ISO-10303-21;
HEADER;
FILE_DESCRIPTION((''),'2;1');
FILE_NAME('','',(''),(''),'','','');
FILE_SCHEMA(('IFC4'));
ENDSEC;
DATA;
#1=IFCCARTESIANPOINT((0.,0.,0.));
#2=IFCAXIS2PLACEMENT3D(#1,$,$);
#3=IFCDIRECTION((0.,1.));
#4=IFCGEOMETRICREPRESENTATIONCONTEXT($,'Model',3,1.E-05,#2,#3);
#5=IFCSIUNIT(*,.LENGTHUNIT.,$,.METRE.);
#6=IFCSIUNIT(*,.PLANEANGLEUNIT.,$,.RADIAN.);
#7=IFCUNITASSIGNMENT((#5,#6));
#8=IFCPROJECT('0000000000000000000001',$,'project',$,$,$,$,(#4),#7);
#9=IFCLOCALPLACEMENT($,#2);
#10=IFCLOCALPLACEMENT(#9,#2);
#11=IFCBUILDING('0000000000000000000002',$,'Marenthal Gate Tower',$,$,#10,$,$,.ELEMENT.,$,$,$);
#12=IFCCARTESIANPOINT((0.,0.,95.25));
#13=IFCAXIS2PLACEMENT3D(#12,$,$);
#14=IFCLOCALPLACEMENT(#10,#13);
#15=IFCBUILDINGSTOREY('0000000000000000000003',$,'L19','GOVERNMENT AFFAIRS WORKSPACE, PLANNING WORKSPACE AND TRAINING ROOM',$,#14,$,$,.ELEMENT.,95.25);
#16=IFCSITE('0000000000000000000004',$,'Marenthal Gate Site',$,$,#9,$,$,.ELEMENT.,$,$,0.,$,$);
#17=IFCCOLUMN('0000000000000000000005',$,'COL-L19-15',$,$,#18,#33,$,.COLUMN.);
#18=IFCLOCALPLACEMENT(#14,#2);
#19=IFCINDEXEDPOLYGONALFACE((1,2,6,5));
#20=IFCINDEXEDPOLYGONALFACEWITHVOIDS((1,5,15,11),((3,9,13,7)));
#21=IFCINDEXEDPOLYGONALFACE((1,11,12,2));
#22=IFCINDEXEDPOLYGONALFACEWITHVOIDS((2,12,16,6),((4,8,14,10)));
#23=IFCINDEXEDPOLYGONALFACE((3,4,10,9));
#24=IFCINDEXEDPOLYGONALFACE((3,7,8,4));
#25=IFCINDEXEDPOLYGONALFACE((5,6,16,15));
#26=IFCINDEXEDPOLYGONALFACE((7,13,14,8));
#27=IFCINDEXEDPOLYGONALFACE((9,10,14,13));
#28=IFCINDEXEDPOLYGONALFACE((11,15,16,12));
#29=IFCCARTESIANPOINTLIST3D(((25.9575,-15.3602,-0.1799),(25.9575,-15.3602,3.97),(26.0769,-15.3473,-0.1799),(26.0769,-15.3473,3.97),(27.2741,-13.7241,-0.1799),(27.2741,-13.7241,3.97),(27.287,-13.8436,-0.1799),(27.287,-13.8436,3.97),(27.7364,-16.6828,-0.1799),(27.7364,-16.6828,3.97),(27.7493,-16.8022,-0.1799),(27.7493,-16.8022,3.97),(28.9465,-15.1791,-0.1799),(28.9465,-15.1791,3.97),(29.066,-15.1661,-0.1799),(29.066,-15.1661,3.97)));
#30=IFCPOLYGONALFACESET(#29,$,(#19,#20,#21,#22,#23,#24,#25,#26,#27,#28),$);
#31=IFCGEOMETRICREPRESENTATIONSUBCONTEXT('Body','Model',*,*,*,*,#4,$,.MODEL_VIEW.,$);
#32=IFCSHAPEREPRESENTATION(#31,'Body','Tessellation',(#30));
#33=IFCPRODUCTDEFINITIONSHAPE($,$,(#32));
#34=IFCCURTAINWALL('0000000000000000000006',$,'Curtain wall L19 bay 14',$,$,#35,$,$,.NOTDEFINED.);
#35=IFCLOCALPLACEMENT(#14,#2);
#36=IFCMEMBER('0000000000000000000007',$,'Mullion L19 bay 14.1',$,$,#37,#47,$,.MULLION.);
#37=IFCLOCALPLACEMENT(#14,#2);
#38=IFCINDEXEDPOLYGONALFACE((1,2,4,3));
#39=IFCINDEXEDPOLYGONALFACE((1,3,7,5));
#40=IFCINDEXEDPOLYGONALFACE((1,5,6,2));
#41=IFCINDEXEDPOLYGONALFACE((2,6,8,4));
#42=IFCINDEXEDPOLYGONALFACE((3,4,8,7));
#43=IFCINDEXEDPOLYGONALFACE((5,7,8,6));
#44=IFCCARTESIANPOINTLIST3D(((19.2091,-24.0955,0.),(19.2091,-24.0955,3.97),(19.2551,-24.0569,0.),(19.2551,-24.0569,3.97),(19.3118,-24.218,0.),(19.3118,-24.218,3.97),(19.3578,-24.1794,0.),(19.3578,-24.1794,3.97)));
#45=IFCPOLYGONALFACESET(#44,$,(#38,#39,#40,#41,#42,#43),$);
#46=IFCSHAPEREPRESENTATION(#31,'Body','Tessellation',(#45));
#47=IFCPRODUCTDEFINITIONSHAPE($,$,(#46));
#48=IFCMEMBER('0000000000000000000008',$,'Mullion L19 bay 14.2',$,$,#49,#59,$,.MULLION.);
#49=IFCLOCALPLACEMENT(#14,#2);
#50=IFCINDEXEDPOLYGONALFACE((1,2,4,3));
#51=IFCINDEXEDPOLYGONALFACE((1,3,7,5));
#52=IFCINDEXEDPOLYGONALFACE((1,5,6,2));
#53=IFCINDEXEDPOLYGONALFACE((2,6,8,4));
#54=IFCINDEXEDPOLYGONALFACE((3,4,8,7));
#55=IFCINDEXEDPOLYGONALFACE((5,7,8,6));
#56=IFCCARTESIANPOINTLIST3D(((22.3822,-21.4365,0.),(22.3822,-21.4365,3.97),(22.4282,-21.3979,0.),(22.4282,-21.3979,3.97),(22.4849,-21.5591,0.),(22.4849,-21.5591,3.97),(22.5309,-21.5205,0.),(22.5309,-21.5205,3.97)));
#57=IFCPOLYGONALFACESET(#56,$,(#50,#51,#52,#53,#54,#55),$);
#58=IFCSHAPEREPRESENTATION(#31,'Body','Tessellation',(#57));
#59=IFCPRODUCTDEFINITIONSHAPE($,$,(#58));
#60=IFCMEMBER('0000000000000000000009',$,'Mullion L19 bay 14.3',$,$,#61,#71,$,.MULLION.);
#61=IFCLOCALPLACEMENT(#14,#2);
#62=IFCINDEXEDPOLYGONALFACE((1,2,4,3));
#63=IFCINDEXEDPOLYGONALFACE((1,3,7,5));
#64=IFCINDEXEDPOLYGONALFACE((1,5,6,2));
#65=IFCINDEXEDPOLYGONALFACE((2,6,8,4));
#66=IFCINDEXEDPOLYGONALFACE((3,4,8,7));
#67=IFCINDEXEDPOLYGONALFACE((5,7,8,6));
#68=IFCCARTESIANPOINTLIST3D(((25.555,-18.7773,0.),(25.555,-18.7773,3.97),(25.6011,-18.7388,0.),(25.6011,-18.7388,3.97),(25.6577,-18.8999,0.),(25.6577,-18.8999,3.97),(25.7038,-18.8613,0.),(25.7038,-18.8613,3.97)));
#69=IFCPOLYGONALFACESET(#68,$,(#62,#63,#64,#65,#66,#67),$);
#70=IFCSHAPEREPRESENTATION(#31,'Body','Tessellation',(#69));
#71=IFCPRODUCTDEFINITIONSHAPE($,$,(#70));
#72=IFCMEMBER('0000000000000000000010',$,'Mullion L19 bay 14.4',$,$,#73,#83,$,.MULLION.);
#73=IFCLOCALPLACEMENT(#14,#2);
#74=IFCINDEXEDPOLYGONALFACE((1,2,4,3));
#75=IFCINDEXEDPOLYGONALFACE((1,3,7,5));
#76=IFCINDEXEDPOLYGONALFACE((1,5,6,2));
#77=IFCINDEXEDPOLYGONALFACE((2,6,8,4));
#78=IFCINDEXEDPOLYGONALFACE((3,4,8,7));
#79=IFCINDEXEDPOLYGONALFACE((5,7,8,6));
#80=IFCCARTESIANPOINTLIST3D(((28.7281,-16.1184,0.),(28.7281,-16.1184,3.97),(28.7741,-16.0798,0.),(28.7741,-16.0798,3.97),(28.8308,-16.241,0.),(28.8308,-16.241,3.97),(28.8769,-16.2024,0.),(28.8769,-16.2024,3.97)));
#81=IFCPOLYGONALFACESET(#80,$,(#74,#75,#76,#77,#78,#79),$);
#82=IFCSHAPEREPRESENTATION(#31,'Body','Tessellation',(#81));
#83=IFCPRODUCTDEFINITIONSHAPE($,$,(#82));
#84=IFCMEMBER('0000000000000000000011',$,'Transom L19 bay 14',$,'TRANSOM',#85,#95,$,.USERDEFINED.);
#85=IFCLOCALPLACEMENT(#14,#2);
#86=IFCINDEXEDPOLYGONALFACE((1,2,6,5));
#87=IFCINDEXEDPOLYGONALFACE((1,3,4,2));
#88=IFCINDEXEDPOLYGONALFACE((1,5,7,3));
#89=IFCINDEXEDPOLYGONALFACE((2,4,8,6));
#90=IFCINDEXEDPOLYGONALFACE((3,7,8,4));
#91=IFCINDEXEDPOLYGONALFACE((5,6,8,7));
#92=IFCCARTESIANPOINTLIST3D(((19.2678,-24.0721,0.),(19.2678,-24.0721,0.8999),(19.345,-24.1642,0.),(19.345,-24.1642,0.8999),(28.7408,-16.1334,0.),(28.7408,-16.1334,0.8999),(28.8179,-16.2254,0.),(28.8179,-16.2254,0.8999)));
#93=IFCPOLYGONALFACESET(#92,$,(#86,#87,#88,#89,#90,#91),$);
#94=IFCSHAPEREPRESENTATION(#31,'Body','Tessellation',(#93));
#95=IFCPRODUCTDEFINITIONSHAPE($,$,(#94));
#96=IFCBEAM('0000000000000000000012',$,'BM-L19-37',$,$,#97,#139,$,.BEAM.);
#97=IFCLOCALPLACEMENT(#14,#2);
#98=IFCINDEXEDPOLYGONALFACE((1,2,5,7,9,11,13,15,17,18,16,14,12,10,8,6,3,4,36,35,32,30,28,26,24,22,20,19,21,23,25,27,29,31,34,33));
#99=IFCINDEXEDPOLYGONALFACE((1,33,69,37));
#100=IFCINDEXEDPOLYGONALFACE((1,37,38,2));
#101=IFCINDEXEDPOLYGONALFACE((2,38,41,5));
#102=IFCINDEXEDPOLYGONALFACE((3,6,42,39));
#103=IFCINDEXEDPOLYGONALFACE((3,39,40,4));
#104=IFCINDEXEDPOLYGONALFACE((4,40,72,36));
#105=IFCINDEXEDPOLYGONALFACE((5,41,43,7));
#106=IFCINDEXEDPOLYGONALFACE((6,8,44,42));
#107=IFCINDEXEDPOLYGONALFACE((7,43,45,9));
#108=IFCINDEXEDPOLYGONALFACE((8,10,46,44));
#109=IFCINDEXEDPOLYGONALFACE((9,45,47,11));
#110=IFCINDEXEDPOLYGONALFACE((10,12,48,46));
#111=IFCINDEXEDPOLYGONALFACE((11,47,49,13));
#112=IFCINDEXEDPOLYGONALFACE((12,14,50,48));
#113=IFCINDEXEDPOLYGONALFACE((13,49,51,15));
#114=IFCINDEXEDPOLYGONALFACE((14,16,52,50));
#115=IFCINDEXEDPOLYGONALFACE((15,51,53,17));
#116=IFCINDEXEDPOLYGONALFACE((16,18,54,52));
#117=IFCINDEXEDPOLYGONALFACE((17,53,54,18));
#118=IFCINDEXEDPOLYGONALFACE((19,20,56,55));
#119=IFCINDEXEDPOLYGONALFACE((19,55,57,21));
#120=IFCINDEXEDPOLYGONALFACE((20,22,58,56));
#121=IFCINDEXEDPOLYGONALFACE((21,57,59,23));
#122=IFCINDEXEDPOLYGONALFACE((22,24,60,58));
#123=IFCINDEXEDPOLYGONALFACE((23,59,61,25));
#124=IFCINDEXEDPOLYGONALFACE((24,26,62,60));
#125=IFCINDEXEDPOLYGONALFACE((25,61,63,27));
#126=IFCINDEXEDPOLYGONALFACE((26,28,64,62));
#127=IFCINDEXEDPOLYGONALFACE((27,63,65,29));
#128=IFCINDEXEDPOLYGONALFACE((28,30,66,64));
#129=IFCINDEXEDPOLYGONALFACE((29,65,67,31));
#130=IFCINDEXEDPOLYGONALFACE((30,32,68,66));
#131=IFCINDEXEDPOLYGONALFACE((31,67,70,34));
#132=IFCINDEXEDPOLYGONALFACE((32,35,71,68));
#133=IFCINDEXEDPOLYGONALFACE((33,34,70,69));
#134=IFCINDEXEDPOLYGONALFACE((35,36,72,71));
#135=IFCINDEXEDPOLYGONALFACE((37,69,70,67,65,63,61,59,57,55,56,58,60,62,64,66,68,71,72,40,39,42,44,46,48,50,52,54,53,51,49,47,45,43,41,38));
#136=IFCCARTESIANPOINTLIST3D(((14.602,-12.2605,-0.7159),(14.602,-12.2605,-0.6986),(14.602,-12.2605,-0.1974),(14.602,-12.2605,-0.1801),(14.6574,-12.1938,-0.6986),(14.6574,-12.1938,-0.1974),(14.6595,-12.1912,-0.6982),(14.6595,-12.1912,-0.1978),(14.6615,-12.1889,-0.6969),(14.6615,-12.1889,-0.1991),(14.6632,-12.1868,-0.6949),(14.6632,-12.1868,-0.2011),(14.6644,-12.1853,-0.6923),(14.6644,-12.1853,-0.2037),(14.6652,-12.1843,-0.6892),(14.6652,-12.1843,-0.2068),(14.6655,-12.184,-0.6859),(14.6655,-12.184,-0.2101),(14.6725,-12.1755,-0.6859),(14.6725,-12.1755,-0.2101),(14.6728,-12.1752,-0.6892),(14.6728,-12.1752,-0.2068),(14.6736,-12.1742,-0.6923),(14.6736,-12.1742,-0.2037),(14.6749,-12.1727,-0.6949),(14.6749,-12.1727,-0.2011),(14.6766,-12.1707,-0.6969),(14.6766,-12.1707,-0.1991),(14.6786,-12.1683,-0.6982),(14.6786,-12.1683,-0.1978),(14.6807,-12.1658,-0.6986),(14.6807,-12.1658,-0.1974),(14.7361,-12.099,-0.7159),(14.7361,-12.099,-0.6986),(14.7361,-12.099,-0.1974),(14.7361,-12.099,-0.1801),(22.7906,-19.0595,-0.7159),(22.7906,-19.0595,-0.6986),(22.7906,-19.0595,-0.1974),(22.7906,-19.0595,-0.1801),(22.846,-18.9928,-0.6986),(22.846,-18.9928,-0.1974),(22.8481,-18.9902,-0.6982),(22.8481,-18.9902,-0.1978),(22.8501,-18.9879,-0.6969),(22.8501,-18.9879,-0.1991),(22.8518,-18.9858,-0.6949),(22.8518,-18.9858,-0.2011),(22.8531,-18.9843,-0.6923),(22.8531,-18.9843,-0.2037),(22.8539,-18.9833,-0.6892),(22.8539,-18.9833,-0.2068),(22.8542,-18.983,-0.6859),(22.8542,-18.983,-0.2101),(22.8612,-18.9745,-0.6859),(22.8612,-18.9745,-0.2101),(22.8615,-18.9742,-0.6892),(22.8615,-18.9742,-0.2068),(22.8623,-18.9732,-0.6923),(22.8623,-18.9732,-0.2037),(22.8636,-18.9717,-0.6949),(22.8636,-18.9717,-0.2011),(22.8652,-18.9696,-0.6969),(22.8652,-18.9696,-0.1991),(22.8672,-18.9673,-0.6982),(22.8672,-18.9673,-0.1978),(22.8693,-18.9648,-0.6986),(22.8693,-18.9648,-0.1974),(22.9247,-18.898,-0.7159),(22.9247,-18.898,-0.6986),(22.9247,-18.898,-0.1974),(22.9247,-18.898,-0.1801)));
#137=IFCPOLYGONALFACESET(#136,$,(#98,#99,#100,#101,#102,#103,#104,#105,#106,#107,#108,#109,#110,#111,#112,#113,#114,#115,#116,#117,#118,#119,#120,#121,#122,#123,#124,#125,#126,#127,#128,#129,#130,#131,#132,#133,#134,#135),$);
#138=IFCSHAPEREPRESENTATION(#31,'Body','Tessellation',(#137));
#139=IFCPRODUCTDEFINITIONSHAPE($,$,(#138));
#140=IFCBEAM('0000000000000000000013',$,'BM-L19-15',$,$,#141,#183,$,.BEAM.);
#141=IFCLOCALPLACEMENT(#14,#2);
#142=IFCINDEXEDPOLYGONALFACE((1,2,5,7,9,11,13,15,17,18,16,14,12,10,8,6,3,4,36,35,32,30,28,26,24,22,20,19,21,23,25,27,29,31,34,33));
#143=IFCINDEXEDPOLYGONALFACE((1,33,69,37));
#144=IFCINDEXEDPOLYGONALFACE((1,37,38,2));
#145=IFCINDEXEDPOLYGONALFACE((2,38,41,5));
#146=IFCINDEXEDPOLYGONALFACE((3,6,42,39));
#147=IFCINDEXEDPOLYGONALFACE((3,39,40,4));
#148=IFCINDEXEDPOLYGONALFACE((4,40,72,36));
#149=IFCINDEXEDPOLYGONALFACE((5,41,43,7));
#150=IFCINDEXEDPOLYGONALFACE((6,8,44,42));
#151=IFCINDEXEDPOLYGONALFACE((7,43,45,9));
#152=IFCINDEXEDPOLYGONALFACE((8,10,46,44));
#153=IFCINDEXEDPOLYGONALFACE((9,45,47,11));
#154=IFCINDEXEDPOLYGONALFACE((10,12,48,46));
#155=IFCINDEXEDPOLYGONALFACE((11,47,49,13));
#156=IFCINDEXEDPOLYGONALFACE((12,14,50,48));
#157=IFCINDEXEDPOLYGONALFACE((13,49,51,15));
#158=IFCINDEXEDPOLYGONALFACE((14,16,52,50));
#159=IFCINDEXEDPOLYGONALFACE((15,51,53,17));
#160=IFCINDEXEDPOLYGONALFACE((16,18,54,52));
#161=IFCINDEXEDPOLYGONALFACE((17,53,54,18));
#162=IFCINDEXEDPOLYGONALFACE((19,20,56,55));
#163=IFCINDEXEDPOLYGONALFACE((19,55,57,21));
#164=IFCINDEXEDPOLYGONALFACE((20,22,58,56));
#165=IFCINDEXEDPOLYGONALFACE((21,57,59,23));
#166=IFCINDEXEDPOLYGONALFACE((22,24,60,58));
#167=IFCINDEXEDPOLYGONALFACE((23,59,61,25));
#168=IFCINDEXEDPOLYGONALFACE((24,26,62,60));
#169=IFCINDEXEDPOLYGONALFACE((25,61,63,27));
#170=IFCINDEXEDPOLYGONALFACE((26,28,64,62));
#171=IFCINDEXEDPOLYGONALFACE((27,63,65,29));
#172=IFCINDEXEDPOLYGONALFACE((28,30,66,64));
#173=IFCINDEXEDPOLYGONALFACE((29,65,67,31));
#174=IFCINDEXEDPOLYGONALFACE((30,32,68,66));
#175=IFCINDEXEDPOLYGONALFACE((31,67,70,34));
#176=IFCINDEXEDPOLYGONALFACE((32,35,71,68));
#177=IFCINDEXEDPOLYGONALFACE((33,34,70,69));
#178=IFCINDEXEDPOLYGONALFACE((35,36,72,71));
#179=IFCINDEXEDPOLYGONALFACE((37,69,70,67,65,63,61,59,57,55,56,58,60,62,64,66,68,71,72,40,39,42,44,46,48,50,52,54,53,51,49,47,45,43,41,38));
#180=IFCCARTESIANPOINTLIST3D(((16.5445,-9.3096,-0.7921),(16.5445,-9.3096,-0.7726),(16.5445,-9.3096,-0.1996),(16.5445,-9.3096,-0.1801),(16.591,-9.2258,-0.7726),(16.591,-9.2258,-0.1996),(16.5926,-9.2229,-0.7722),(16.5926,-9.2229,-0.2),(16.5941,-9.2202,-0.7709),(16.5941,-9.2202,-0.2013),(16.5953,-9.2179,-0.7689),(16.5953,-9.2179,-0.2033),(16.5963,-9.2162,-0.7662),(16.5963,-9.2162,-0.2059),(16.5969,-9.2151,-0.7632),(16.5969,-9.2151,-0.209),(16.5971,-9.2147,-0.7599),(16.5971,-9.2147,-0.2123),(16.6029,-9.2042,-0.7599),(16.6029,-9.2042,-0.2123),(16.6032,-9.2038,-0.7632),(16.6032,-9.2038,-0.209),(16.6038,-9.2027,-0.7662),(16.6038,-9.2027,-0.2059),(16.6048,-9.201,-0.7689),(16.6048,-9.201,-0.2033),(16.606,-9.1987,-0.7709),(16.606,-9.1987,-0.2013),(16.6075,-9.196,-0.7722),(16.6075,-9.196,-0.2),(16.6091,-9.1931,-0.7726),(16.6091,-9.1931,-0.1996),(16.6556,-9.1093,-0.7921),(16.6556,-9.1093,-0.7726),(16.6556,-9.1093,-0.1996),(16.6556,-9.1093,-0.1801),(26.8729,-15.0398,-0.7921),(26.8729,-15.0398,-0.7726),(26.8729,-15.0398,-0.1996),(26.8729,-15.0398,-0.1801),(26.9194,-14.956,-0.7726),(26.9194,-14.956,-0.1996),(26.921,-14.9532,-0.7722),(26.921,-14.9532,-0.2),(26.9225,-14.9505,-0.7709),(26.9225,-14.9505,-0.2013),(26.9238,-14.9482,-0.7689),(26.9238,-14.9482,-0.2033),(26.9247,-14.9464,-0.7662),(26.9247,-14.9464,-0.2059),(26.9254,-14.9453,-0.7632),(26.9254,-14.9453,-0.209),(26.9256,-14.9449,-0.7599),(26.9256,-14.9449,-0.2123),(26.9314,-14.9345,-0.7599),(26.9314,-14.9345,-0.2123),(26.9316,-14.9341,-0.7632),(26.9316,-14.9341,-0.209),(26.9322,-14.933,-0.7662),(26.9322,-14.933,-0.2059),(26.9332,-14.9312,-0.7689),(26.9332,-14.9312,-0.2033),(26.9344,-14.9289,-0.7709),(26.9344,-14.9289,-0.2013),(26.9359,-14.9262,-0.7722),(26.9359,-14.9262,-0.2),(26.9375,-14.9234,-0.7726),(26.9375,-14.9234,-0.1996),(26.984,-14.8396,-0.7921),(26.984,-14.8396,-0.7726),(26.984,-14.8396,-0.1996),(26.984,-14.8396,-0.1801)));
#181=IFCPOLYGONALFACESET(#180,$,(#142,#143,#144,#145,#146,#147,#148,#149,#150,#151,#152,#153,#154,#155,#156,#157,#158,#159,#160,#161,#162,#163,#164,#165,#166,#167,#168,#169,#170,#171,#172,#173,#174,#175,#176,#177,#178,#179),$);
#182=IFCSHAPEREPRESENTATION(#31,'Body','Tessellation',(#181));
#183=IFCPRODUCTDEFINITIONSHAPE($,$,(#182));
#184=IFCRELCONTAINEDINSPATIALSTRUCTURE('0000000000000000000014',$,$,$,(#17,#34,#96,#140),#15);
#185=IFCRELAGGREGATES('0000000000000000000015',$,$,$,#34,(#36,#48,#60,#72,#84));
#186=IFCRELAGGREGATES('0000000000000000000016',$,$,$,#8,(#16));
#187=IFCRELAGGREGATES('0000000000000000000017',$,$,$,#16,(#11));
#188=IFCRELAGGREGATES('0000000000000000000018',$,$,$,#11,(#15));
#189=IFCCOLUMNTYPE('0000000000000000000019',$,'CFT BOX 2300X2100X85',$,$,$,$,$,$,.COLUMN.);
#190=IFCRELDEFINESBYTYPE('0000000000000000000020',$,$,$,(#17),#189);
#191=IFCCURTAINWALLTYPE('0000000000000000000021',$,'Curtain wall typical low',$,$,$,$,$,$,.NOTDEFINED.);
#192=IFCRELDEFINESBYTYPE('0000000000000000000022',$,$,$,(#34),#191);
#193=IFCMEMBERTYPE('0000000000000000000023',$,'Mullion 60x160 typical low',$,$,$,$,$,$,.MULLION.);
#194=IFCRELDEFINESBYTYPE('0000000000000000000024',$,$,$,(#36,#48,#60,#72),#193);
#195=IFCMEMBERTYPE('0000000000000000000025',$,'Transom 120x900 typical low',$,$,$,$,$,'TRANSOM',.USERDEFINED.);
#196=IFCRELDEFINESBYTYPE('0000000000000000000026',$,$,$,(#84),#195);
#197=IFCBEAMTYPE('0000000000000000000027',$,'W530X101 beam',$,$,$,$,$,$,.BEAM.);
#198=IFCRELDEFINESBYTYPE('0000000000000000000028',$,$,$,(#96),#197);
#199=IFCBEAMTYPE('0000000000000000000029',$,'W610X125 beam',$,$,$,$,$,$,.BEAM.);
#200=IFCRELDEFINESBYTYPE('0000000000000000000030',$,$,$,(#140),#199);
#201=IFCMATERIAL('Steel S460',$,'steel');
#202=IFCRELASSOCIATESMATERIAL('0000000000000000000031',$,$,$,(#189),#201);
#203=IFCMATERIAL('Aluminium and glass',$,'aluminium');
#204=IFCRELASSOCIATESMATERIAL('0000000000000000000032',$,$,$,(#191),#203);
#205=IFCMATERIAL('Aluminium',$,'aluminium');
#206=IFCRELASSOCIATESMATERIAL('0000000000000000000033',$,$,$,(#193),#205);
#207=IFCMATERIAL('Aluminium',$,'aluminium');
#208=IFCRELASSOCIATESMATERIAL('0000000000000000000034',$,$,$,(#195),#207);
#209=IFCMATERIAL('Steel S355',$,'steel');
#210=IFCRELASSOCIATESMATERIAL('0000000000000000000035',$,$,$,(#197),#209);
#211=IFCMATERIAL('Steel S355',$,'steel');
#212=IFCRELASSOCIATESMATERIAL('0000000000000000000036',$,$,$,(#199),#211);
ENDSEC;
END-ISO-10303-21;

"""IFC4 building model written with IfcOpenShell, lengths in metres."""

from ifc_helpers import new_model, si_unit, direction, frame, origin, origin_2d, place, context, subcontext, project, spatial, rectangle, hollow_rectangle, i_section, extrude, material, material_profile, profile_set, type_object, element, aggregate, save


model = new_model("IFC4")

# Units and contexts
model_context = context("Model", 3, precision=1e-05, world=origin(), true_north=direction((0.0, 1.0)))
body_context = subcontext(model_context, "Body", "Model", "MODEL_VIEW")
ifc_project = project(units=[si_unit("LENGTHUNIT", "METRE"), si_unit("PLANEANGLEUNIT", "RADIAN")], contexts=[model_context])

# Site, building, storey
site_placement = place(None, origin())
site = spatial("IfcSite", under=ifc_project, at=site_placement, Name="Marenthal Gate Site", CompositionType="ELEMENT", RefElevation=0.0)
building_placement = place(site_placement, origin())
building = spatial("IfcBuilding", under=site, at=building_placement, Name="Marenthal Gate Tower", CompositionType="ELEMENT")
storey_placement = place(building_placement, frame((0.0, 0.0, 95.25)))
storey = spatial("IfcBuildingStorey", under=building, at=storey_placement, Name="L19", Description="GOVERNMENT AFFAIRS WORKSPACE, PLANNING WORKSPACE AND TRAINING ROOM", CompositionType="ELEMENT", Elevation=95.25)

# Column
ifc_material_1 = material(Name="Steel S460", Category="steel")
ifc_material_profile_1 = material_profile(ifc_material_1, hollow_rectangle(XDim=2.1001, YDim=2.3, WallThickness=0.085, at=origin_2d()), Name="CFT BOX 2300X2100X85")
ifc_material_2 = material(Name="Concrete 70 MPa", Category="concrete")
ifc_material_profile_2 = material_profile(ifc_material_2, rectangle(XDim=1.9299, YDim=2.1299, at=origin_2d()), Name="CFT BOX 2300X2100X85 INFILL")
ifc_profile_set_1 = profile_set([ifc_material_profile_1, ifc_material_profile_2], Name="Steel S460 shell, Concrete 70 MPa infill")
column_type = type_object("IfcColumnType", Name="CFT BOX 2300X2100X85", PredefinedType="COLUMN", material=ifc_profile_set_1)
column_placement = place(storey_placement, frame((27.5117, -15.2632, -0.1799), z_axis=(0.0, 0.0, 1.0), x_axis=(-0.626945, -0.779063, 0.0)))
element("IfcColumn", 1, at=column_placement, inside=storey, type_object=column_type, Name="COL-L19-15", PredefinedType="COLUMN", context=body_context, shape_type="SweptSolid", body=[
    extrude(hollow_rectangle(XDim=2.1001, YDim=2.3, WallThickness=0.085, at=origin_2d()), origin(), (0.0, 0.0, 1.0), 4.1499),
])

# Curtain wall, members
ifc_material_3 = material(Name="Aluminium and glass", Category="aluminium")
curtain_wall_type = type_object("IfcCurtainWallType", Name="Curtain wall typical low", PredefinedType="NOTDEFINED", material=ifc_material_3)
curtain_wall_placement = place(storey_placement, origin())
curtain_wall = element("IfcCurtainWall", 2, at=curtain_wall_placement, inside=storey, type_object=curtain_wall_type, Name="Curtain wall L19 bay 14", PredefinedType="NOTDEFINED")
ifc_material_4 = material(Name="Aluminium", Category="aluminium")
ifc_material_profile_3 = material_profile(ifc_material_4, rectangle(XDim=0.1599, YDim=0.0601, at=origin_2d()), Name="60x160 aluminium mullion")
ifc_profile_set_2 = profile_set([ifc_material_profile_3], Name="Aluminium")
member_type_1 = type_object("IfcMemberType", Name="Mullion 60x160 typical low", PredefinedType="MULLION", material=ifc_profile_set_2)
member_1_placement = place(storey_placement, frame((19.2834, -24.1375, 0.0), z_axis=(0.0, 0.0, 1.0), x_axis=(-0.642308, 0.766447, 0.0)))
member_1 = element("IfcMember", 3, at=member_1_placement, type_object=member_type_1, Name="Mullion L19 bay 14.1", PredefinedType="MULLION", context=body_context, shape_type="SweptSolid", body=[
    extrude(rectangle(XDim=0.1599, YDim=0.0601, at=origin_2d()), origin(), (0.0, 0.0, 1.0), 3.97),
])
member_2_placement = place(storey_placement, frame((22.4565, -21.4785, 0.0), z_axis=(0.0, 0.0, 1.0), x_axis=(-0.642308, 0.766447, 0.0)))
member_2 = element("IfcMember", 4, at=member_2_placement, type_object=member_type_1, Name="Mullion L19 bay 14.2", PredefinedType="MULLION", context=body_context, shape_type="SweptSolid", body=[
    extrude(rectangle(XDim=0.1599, YDim=0.0601, at=origin_2d()), origin(), (0.0, 0.0, 1.0), 3.97),
])
member_3_placement = place(storey_placement, frame((25.6294, -18.8193, 0.0), z_axis=(0.0, 0.0, 1.0), x_axis=(-0.642308, 0.766447, 0.0)))
member_3 = element("IfcMember", 5, at=member_3_placement, type_object=member_type_1, Name="Mullion L19 bay 14.3", PredefinedType="MULLION", context=body_context, shape_type="SweptSolid", body=[
    extrude(rectangle(XDim=0.1599, YDim=0.0601, at=origin_2d()), origin(), (0.0, 0.0, 1.0), 3.97),
])
member_4_placement = place(storey_placement, frame((28.8025, -16.1604, 0.0), z_axis=(0.0, 0.0, 1.0), x_axis=(-0.642308, 0.766447, 0.0)))
member_4 = element("IfcMember", 6, at=member_4_placement, type_object=member_type_1, Name="Mullion L19 bay 14.4", PredefinedType="MULLION", context=body_context, shape_type="SweptSolid", body=[
    extrude(rectangle(XDim=0.1599, YDim=0.0601, at=origin_2d()), origin(), (0.0, 0.0, 1.0), 3.97),
])
ifc_material_5 = material(Name="Aluminium", Category="aluminium")
ifc_material_profile_4 = material_profile(ifc_material_5, rectangle(XDim=0.1201, YDim=0.8999, at=origin_2d()), Name="120x900 aluminium transom")
ifc_profile_set_3 = profile_set([ifc_material_profile_4], Name="Aluminium")
member_type_2 = type_object("IfcMemberType", Name="Transom 120x900 typical low", ElementType="TRANSOM", PredefinedType="USERDEFINED", material=ifc_profile_set_3)
member_5_placement = place(storey_placement, frame((19.3064, -24.1182, 0.45), z_axis=(0.766442, 0.642313, 0.0), x_axis=(-0.642313, 0.766442, 0.0)))
member_5 = element("IfcMember", 7, at=member_5_placement, type_object=member_type_2, Name="Transom L19 bay 14", ObjectType="TRANSOM", PredefinedType="USERDEFINED", context=body_context, shape_type="SweptSolid", body=[
    extrude(rectangle(XDim=0.1201, YDim=0.8999, at=origin_2d()), origin(), (0.0, 0.0, 1.0), 12.3596),
])

# Beams
ifc_material_6 = material(Name="Steel S355", Category="steel")
ifc_material_profile_5 = material_profile(ifc_material_6, i_section(OverallWidth=0.21, OverallDepth=0.5359, WebThickness=0.011, FlangeThickness=0.0173, FilletRadius=0.0127, at=origin_2d()), Name="W530X101")
ifc_profile_set_4 = profile_set([ifc_material_profile_5], Name="Steel S355")
beam_type_1 = type_object("IfcBeamType", Name="W530X101 beam", PredefinedType="BEAM", material=ifc_profile_set_4)
beam_1_placement = place(storey_placement, frame((22.8577, -18.9788, -0.448), z_axis=(-0.769369, 0.638805, 0.0), x_axis=(-0.638805, -0.769369, 0.0)))
element("IfcBeam", 8, at=beam_1_placement, inside=storey, type_object=beam_type_1, Name="BM-L19-37", PredefinedType="BEAM", context=body_context, shape_type="SweptSolid", body=[
    extrude(i_section(OverallWidth=0.21, OverallDepth=0.5359, WebThickness=0.011, FlangeThickness=0.0173, FilletRadius=0.0127, at=origin_2d()), origin(), (0.0, 0.0, 1.0), 10.6433),
])
ifc_material_7 = material(Name="Steel S355", Category="steel")
ifc_material_profile_6 = material_profile(ifc_material_7, i_section(OverallWidth=0.229, OverallDepth=0.6121, WebThickness=0.012, FlangeThickness=0.0195, FilletRadius=0.0127, at=origin_2d()), Name="W610X125")
ifc_profile_set_5 = profile_set([ifc_material_profile_6], Name="Steel S355")
beam_type_2 = type_object("IfcBeamType", Name="W610X125 beam", PredefinedType="BEAM", material=ifc_profile_set_5)
beam_2_placement = place(storey_placement, frame((26.9285, -14.9397, -0.4861), z_axis=(-0.874436, 0.485141, 0.0), x_axis=(-0.485141, -0.874436, 0.0)))
element("IfcBeam", 9, at=beam_2_placement, inside=storey, type_object=beam_type_2, Name="BM-L19-15", PredefinedType="BEAM", context=body_context, shape_type="SweptSolid", body=[
    extrude(i_section(OverallWidth=0.229, OverallDepth=0.6121, WebThickness=0.012, FlangeThickness=0.0195, FilletRadius=0.0127, at=origin_2d()), origin(), (0.0, 0.0, 1.0), 11.8115),
])

aggregate(curtain_wall, [member_1, member_2, member_3, member_4, member_5])

save(model, "model.ifc")
